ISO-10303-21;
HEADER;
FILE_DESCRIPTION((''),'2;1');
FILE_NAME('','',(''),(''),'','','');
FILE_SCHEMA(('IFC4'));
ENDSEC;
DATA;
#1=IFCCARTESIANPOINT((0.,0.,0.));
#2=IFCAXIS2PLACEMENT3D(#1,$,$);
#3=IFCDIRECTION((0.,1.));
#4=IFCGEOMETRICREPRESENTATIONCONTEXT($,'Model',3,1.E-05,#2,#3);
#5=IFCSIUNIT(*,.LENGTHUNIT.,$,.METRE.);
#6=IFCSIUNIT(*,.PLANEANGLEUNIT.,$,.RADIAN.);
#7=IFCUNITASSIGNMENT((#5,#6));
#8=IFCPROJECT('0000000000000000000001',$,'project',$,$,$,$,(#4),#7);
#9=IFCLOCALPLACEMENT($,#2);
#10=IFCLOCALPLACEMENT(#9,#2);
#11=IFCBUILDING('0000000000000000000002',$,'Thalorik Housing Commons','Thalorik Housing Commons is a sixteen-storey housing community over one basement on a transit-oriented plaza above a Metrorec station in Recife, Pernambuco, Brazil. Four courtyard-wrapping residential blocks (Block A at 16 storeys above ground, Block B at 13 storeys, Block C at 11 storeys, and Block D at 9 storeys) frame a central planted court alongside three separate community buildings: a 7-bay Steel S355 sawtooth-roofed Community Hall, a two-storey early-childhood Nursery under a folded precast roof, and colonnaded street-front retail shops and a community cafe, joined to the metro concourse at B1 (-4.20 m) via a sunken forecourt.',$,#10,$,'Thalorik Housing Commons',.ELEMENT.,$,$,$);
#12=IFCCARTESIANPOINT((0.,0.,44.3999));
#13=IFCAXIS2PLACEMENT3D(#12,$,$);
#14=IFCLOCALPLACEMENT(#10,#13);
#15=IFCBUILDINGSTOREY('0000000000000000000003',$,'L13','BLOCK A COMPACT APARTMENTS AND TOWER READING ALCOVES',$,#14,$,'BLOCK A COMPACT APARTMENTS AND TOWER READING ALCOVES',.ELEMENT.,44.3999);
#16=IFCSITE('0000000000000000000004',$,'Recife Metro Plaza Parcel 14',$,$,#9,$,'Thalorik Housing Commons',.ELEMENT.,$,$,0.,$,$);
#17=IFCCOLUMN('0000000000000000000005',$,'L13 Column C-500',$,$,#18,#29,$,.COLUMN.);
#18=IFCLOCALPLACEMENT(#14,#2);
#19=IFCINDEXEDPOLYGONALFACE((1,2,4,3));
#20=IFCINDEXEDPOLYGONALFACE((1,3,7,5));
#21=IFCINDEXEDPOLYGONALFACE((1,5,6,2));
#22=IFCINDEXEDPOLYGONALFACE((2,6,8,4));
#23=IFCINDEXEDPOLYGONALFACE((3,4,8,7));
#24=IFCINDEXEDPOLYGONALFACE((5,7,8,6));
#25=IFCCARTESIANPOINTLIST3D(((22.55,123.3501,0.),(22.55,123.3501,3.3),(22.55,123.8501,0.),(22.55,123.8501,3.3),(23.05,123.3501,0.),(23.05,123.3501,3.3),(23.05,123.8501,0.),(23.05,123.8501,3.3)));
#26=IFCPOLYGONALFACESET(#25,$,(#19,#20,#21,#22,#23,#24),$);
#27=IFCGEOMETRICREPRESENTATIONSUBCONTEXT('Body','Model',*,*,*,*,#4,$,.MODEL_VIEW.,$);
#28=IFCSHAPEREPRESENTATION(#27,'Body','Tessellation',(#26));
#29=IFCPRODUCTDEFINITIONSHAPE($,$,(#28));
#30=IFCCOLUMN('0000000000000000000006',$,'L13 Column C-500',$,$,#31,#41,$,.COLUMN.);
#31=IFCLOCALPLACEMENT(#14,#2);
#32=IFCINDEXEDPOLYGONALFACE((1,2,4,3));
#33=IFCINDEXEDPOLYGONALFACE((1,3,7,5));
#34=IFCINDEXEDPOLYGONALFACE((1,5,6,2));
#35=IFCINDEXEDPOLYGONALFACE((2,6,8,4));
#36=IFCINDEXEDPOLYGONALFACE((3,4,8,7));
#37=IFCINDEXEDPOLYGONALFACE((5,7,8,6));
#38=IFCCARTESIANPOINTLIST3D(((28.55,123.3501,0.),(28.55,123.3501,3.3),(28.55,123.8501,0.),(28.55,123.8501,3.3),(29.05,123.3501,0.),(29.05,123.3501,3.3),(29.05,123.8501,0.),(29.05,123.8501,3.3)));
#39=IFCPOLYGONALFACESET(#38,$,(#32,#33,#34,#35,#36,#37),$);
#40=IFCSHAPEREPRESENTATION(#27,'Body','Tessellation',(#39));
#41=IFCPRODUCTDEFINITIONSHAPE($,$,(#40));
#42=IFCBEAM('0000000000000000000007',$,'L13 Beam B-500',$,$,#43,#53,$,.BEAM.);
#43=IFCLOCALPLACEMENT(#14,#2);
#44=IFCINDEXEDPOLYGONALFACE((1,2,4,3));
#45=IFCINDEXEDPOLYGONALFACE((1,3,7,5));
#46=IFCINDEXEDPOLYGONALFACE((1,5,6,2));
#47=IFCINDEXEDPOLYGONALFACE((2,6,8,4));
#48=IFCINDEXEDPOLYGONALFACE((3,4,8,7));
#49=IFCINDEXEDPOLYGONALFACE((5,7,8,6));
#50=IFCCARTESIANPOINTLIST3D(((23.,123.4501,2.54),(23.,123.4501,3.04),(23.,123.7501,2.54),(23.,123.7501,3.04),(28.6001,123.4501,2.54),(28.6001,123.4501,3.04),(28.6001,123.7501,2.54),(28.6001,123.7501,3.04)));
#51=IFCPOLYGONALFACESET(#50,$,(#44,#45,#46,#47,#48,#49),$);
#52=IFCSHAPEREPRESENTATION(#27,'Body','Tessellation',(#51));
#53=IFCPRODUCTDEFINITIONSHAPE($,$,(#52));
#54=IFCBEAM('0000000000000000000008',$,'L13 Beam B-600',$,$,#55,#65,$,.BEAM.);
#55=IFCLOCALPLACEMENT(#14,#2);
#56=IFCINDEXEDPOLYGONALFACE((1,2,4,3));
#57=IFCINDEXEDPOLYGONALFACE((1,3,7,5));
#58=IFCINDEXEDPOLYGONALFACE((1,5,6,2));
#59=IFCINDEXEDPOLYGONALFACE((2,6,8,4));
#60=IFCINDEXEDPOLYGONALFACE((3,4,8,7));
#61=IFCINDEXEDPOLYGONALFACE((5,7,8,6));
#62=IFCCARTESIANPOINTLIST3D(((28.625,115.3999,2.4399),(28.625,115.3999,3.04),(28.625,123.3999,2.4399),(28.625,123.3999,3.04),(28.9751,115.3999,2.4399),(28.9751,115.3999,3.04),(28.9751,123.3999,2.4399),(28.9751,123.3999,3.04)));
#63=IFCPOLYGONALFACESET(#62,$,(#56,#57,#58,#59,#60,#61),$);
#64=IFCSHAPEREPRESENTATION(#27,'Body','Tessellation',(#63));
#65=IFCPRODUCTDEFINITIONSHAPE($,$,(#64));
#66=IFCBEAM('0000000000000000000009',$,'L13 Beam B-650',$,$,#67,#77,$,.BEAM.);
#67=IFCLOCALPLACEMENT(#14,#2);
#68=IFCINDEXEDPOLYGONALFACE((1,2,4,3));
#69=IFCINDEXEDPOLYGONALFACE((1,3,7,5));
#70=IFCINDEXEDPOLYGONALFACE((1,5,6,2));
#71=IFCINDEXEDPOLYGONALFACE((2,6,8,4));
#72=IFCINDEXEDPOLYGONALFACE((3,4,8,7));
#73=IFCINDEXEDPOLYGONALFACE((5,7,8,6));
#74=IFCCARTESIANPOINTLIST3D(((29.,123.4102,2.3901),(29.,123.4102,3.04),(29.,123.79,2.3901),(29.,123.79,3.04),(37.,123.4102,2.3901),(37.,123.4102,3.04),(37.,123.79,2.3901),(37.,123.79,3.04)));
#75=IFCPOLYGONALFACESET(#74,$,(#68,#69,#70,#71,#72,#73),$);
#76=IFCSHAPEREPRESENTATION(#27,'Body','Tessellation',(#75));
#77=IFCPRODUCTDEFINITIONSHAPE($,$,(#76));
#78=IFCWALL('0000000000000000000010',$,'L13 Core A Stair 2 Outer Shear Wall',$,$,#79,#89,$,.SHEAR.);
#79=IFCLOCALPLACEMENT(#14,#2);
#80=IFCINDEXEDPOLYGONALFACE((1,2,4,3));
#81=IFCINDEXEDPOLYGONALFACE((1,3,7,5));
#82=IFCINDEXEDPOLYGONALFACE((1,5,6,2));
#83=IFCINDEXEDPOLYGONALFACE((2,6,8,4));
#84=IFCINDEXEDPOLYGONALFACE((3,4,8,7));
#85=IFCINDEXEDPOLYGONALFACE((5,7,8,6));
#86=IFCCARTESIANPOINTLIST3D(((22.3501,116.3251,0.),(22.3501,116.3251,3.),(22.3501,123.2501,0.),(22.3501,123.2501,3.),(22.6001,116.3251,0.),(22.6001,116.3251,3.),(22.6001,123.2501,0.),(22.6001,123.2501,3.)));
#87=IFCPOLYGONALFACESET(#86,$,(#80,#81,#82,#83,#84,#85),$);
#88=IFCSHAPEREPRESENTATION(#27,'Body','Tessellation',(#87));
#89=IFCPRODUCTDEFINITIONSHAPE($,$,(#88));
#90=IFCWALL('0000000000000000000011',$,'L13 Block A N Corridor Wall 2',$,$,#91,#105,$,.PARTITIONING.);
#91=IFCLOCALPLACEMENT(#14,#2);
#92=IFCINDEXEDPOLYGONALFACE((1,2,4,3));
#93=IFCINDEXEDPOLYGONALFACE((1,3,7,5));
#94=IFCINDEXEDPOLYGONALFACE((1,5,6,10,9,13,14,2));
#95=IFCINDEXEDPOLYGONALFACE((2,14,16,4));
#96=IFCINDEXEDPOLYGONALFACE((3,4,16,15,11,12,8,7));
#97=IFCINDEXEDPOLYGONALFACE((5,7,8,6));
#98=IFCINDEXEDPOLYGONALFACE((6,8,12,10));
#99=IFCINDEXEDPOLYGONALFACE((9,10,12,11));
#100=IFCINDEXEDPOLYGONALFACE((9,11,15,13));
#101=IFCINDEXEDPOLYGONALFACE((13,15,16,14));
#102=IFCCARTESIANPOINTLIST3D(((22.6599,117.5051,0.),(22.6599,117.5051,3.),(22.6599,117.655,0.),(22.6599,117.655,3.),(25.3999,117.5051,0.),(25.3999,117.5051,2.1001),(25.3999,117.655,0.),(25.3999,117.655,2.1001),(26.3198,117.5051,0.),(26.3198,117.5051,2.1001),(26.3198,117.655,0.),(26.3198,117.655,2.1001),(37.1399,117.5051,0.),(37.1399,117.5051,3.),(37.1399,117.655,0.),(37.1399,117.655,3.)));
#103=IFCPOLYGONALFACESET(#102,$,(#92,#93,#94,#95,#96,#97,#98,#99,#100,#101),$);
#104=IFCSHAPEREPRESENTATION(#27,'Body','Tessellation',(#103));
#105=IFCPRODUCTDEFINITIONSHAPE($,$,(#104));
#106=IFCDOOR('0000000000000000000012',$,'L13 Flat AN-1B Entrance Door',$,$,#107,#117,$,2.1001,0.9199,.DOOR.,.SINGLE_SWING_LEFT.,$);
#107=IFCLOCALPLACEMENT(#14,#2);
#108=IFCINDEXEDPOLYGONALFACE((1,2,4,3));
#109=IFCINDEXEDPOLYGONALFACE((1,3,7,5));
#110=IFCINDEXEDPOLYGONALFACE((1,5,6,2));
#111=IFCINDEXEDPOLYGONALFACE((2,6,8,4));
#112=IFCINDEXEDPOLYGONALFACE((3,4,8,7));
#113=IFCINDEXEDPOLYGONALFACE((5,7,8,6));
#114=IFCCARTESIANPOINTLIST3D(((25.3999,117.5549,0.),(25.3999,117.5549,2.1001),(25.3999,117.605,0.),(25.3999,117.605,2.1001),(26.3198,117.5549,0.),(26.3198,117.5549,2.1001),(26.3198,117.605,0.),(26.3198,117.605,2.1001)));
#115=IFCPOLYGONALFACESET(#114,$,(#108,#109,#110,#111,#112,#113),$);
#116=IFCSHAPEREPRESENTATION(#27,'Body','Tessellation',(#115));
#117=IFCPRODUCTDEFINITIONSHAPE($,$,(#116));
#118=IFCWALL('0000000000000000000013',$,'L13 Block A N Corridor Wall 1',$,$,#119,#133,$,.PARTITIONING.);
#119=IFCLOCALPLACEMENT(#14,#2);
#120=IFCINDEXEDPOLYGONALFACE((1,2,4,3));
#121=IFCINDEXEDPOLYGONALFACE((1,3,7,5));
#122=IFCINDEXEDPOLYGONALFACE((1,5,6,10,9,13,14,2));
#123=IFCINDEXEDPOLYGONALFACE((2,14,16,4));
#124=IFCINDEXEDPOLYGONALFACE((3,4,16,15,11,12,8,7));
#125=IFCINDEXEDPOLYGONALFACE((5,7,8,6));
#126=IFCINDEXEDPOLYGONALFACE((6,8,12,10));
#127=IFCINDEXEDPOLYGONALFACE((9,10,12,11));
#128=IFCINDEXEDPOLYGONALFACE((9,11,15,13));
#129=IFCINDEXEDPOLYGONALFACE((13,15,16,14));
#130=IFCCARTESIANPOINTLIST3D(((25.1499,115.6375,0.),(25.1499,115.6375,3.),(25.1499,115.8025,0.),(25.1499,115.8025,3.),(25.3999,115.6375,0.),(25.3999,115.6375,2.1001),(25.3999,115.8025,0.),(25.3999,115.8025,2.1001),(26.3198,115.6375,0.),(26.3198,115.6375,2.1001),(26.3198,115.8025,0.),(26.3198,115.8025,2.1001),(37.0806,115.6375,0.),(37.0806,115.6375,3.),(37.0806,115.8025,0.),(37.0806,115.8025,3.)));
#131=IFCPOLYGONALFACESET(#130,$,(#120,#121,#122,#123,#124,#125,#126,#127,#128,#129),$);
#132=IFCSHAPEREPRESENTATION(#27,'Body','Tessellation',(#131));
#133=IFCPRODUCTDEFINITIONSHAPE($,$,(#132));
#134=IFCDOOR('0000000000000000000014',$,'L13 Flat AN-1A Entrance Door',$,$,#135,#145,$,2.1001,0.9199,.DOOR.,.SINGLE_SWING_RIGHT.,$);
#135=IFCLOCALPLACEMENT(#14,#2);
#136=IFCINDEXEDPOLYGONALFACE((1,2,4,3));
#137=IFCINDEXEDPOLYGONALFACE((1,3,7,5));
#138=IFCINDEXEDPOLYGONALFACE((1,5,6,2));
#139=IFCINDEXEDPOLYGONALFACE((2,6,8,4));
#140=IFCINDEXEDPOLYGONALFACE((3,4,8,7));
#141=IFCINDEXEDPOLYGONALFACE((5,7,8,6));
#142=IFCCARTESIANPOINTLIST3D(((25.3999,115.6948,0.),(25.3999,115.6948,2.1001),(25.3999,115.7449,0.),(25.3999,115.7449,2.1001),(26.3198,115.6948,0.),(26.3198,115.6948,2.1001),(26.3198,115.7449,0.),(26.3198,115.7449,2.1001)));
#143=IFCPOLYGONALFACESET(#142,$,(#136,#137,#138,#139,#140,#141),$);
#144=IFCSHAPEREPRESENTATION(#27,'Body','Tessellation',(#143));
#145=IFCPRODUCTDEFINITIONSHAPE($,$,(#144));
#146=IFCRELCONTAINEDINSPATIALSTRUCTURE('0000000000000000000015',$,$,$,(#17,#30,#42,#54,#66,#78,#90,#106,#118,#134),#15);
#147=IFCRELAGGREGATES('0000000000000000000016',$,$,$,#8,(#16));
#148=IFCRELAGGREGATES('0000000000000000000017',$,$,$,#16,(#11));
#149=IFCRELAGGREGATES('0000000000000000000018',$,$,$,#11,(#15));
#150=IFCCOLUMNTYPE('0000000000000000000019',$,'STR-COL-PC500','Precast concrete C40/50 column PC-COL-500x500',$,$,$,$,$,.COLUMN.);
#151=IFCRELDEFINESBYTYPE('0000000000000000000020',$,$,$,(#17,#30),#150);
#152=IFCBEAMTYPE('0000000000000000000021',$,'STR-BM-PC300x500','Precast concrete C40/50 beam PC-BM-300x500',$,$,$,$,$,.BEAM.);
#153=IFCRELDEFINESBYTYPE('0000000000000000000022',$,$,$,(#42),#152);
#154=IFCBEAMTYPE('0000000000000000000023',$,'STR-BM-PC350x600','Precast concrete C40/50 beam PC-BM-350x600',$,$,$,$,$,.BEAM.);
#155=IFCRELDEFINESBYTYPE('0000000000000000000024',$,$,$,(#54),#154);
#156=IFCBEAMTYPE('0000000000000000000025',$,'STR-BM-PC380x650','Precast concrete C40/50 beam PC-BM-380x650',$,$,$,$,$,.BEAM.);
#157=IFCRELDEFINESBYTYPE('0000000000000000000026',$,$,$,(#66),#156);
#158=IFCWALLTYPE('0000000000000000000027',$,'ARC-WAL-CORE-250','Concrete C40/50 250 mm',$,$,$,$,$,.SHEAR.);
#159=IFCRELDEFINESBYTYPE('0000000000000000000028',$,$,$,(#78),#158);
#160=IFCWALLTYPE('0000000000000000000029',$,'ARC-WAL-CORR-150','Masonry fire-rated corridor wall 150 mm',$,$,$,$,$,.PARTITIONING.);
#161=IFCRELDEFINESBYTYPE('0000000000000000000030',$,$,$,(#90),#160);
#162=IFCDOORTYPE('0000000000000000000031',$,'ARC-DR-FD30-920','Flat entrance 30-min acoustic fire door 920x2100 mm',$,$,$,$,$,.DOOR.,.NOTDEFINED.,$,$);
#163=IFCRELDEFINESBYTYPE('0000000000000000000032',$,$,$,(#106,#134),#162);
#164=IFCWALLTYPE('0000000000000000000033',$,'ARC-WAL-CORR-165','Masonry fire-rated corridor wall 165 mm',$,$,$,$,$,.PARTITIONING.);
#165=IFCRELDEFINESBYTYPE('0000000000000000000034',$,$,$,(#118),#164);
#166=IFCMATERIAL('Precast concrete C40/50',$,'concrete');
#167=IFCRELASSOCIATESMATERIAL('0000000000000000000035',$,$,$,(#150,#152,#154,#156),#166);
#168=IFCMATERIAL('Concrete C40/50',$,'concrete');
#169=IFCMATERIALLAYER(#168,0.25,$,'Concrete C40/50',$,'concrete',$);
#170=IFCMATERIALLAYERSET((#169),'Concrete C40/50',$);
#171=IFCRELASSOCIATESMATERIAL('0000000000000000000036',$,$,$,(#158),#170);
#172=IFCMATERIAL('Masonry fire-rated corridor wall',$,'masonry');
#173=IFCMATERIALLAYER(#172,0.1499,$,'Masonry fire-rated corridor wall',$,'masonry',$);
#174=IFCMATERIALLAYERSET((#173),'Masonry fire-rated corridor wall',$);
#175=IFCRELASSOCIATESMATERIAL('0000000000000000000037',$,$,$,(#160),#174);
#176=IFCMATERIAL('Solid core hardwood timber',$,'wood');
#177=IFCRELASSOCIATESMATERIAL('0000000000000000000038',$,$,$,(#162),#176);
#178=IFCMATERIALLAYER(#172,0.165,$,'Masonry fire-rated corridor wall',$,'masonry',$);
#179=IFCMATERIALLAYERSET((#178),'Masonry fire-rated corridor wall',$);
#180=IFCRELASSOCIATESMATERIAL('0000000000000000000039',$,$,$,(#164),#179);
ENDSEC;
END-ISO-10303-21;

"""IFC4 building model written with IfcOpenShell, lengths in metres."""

from ifc_helpers import new_model, si_unit, direction, frame, frame_2d, origin, origin_2d, place, context, subcontext, project, spatial, rectangle, extrude, material, layer, layer_set, material_profile, profile_set, type_object, element, fill, save


model = new_model("IFC4")

# Units and contexts
model_context = context("Model", 3, precision=1e-05, world=origin(), true_north=direction((0.0, 1.0)))
body_context = subcontext(model_context, "Body", "Model", "MODEL_VIEW")
ifc_project = project(units=[si_unit("LENGTHUNIT", "METRE"), si_unit("PLANEANGLEUNIT", "RADIAN")], contexts=[model_context])

# Site, building, storey
site_placement = place(None, origin())
site = spatial("IfcSite", under=ifc_project, at=site_placement, Name="Recife Metro Plaza Parcel 14", LongName="Thalorik Housing Commons", CompositionType="ELEMENT", RefElevation=0.0)
building_placement = place(site_placement, origin())
building = spatial("IfcBuilding", under=site, at=building_placement, Name="Thalorik Housing Commons", Description="Thalorik Housing Commons is a sixteen-storey housing community over one basement on a transit-oriented plaza above a Metrorec station in Recife, Pernambuco, Brazil. Four courtyard-wrapping residential blocks (Block A at 16 storeys above ground, Block B at 13 storeys, Block C at 11 storeys, and Block D at 9 storeys) frame a central planted court alongside three separate community buildings: a 7-bay Steel S355 sawtooth-roofed Community Hall, a two-storey early-childhood Nursery under a folded precast roof, and colonnaded street-front retail shops and a community cafe, joined to the metro concourse at B1 (-4.20 m) via a sunken forecourt.", LongName="Thalorik Housing Commons", CompositionType="ELEMENT")
storey_placement = place(building_placement, frame((0.0, 0.0, 44.3999)))
storey = spatial("IfcBuildingStorey", under=building, at=storey_placement, Name="L13", Description="BLOCK A COMPACT APARTMENTS AND TOWER READING ALCOVES", LongName="BLOCK A COMPACT APARTMENTS AND TOWER READING ALCOVES", CompositionType="ELEMENT", Elevation=44.3999)

# Columns
ifc_material_1 = material(Name="Precast concrete C40/50", Category="concrete")
ifc_material_profile_1 = material_profile(ifc_material_1, rectangle(XDim=0.5, YDim=0.5, at=origin_2d()), Name="PC 500x500", Category="concrete")
ifc_profile_set_1 = profile_set([ifc_material_profile_1], Name="Precast concrete C40/50")
column_type = type_object("IfcColumnType", Name="STR-COL-PC500", Description="Precast concrete C40/50 column PC-COL-500x500", PredefinedType="COLUMN", material=ifc_profile_set_1)
for number, where, z_axis, x_axis, name in (
    (1, (22.8, 123.6001, 0.0), (0.0, 0.0, 1.0), (1.0, 0.0, 0.0), "L13 Column C-500"),
    (2, (28.8, 123.6001, 0.0), (0.0, 0.0, 1.0), (1.0, 0.0, 0.0), "L13 Column C-500"),
):
    element("IfcColumn", number, at=place(storey_placement, frame(where, z_axis=z_axis, x_axis=x_axis)), inside=storey, type_object=column_type, Name=name, PredefinedType="COLUMN", context=body_context, shape_type="SweptSolid", body=[
        extrude(rectangle(XDim=0.5, YDim=0.5, at=origin_2d()), origin(), (0.0, 0.0, 1.0), 3.3),
    ])

# Beams
ifc_material_profile_2 = material_profile(ifc_material_1, rectangle(XDim=0.3, YDim=0.5, at=origin_2d()), Name="PC 300x500", Category="concrete")
ifc_profile_set_2 = profile_set([ifc_material_profile_2], Name="Precast concrete C40/50")
beam_type_1 = type_object("IfcBeamType", Name="STR-BM-PC300x500", Description="Precast concrete C40/50 beam PC-BM-300x500", PredefinedType="BEAM", material=ifc_profile_set_2)
beam_1_placement = place(storey_placement, frame((23.0, 123.6001, 2.79), z_axis=(1.0, 0.0, 0.0), x_axis=(0.0, 1.0, 0.0)))
element("IfcBeam", 3, at=beam_1_placement, inside=storey, type_object=beam_type_1, Name="L13 Beam B-500", PredefinedType="BEAM", context=body_context, shape_type="SweptSolid", body=[
    extrude(rectangle(XDim=0.3, YDim=0.5, at=origin_2d()), origin(), (0.0, 0.0, 1.0), 5.6001),
])
ifc_material_profile_3 = material_profile(ifc_material_1, rectangle(XDim=0.3501, YDim=0.6001, at=origin_2d()), Name="PC 350x600", Category="concrete")
ifc_profile_set_3 = profile_set([ifc_material_profile_3], Name="Precast concrete C40/50")
beam_type_2 = type_object("IfcBeamType", Name="STR-BM-PC350x600", Description="Precast concrete C40/50 beam PC-BM-350x600", PredefinedType="BEAM", material=ifc_profile_set_3)
beam_2_placement = place(storey_placement, frame((28.8, 115.3999, 2.74), z_axis=(0.0, 1.0, 0.0), x_axis=(-1.0, 0.0, 0.0)))
element("IfcBeam", 4, at=beam_2_placement, inside=storey, type_object=beam_type_2, Name="L13 Beam B-600", PredefinedType="BEAM", context=body_context, shape_type="SweptSolid", body=[
    extrude(rectangle(XDim=0.3501, YDim=0.6001, at=origin_2d()), origin(), (0.0, 0.0, 1.0), 8.0),
])
ifc_material_profile_4 = material_profile(ifc_material_1, rectangle(XDim=0.3799, YDim=0.6499, at=origin_2d()), Name="PC 380x650", Category="concrete")
ifc_profile_set_4 = profile_set([ifc_material_profile_4], Name="Precast concrete C40/50")
beam_type_3 = type_object("IfcBeamType", Name="STR-BM-PC380x650", Description="Precast concrete C40/50 beam PC-BM-380x650", PredefinedType="BEAM", material=ifc_profile_set_4)
beam_3_placement = place(storey_placement, frame((29.0, 123.6001, 2.7151), z_axis=(1.0, 0.0, 0.0), x_axis=(0.0, 1.0, 0.0)))
element("IfcBeam", 5, at=beam_3_placement, inside=storey, type_object=beam_type_3, Name="L13 Beam B-650", PredefinedType="BEAM", context=body_context, shape_type="SweptSolid", body=[
    extrude(rectangle(XDim=0.3799, YDim=0.6499, at=origin_2d()), origin(), (0.0, 0.0, 1.0), 8.0),
])

# Wall
ifc_material_2 = material(Name="Concrete C40/50", Category="concrete")
ifc_layer_1 = layer(ifc_material_2, 0.25, Name="Concrete C40/50", Category="concrete")
ifc_layer_set_1 = layer_set([ifc_layer_1], Name="Concrete C40/50")
wall_type_1 = type_object("IfcWallType", Name="ARC-WAL-CORE-250", Description="Concrete C40/50 250 mm", PredefinedType="SHEAR", material=ifc_layer_set_1)
wall_1_placement = place(storey_placement, frame((22.4751, 123.25, 0.0), z_axis=(0.0, 0.0, 1.0), x_axis=(0.0, -1.0, 0.0)))
element("IfcWall", 6, at=wall_1_placement, inside=storey, type_object=wall_type_1, Name="L13 Core A Stair 2 Outer Shear Wall", PredefinedType="SHEAR", context=body_context, shape_type="SweptSolid", body=[
    extrude(rectangle(XDim=6.925, YDim=0.25, at=frame_2d((3.4624, 0.0))), origin(), (0.0, 0.0, 1.0), 3.0),
])

# Walls, openings, doors
ifc_material_3 = material(Name="Masonry fire-rated corridor wall", Category="masonry")
ifc_layer_2 = layer(ifc_material_3, 0.1499, Name="Masonry fire-rated corridor wall", Category="masonry")
ifc_layer_set_2 = layer_set([ifc_layer_2], Name="Masonry fire-rated corridor wall")
wall_type_2 = type_object("IfcWallType", Name="ARC-WAL-CORR-150", Description="Masonry fire-rated corridor wall 150 mm", PredefinedType="PARTITIONING", material=ifc_layer_set_2)
wall_2_placement = place(storey_placement, frame((22.6599, 117.5801, 0.0), z_axis=(0.0, 0.0, 1.0), x_axis=(1.0, 0.0, 0.0)))
wall_2 = element("IfcWall", 7, at=wall_2_placement, inside=storey, type_object=wall_type_2, Name="L13 Block A N Corridor Wall 2", PredefinedType="PARTITIONING", context=body_context, shape_type="SweptSolid", body=[
    extrude(rectangle(XDim=14.48, YDim=0.1499, at=frame_2d((7.24, 0.0))), origin(), (0.0, 0.0, 1.0), 3.0),
])
opening_1_placement = place(wall_2_placement, frame((2.74, 0.0, 0.0)))
opening_1 = element("IfcOpeningElement", 8, at=opening_1_placement, cuts=wall_2, PredefinedType="OPENING", context=body_context, shape_type="SweptSolid", body=[
    extrude(rectangle(XDim=0.9199, YDim=2.1001, at=frame_2d((0.46, 1.05))), frame((0.0, 0.085, 0.0), z_axis=(0.0, -1.0, 0.0), x_axis=(1.0, 0.0, 0.0)), (0.0, 0.0, 1.0), 0.1699),
])
ifc_material_4 = material(Name="Solid core hardwood timber", Category="wood")
door_type_1 = type_object("IfcDoorType", Name="ARC-DR-FD30-920", Description="Flat entrance 30-min acoustic fire door 920x2100 mm", OperationType="NOTDEFINED", PredefinedType="DOOR", material=ifc_material_4)
door_1_placement = place(opening_1_placement, origin())
door_1 = element("IfcDoor", 9, at=door_1_placement, inside=storey, type_object=door_type_1, Name="L13 Flat AN-1B Entrance Door", OperationType="SINGLE_SWING_LEFT", OverallHeight=2.1001, OverallWidth=0.9199, PredefinedType="DOOR", context=body_context, shape_type="SweptSolid", body=[
    extrude(rectangle(XDim=0.9199, YDim=2.1001, at=frame_2d((0.46, 1.05))), frame((0.0, 0.0249, 0.0), z_axis=(0.0, -1.0, 0.0), x_axis=(1.0, 0.0, 0.0)), (0.0, 0.0, 1.0), 0.05),
])
fill(opening_1, door_1)
ifc_layer_3 = layer(ifc_material_3, 0.165, Name="Masonry fire-rated corridor wall", Category="masonry")
ifc_layer_set_3 = layer_set([ifc_layer_3], Name="Masonry fire-rated corridor wall")
wall_type_3 = type_object("IfcWallType", Name="ARC-WAL-CORR-165", Description="Masonry fire-rated corridor wall 165 mm", PredefinedType="PARTITIONING", material=ifc_layer_set_3)
wall_3_placement = place(storey_placement, frame((25.1499, 115.72, 0.0), z_axis=(0.0, 0.0, 1.0), x_axis=(1.0, 0.0, 0.0)))
wall_3 = element("IfcWall", 10, at=wall_3_placement, inside=storey, type_object=wall_type_3, Name="L13 Block A N Corridor Wall 1", PredefinedType="PARTITIONING", context=body_context, shape_type="SweptSolid", body=[
    extrude(rectangle(XDim=11.9307, YDim=0.165, at=frame_2d((5.9653, 0.0))), origin(), (0.0, 0.0, 1.0), 3.0),
])
opening_2_placement = place(wall_3_placement, frame((0.25, 0.0, 0.0)))
opening_2 = element("IfcOpeningElement", 11, at=opening_2_placement, cuts=wall_3, PredefinedType="OPENING", context=body_context, shape_type="SweptSolid", body=[
    extrude(rectangle(XDim=0.9199, YDim=2.1001, at=frame_2d((0.46, 1.05))), frame((0.0, 0.0925, 0.0), z_axis=(0.0, -1.0, 0.0), x_axis=(1.0, 0.0, 0.0)), (0.0, 0.0, 1.0), 0.1851),
])
door_2_placement = place(opening_2_placement, origin())
door_2 = element("IfcDoor", 12, at=door_2_placement, inside=storey, type_object=door_type_1, Name="L13 Flat AN-1A Entrance Door", OperationType="SINGLE_SWING_RIGHT", OverallHeight=2.1001, OverallWidth=0.9199, PredefinedType="DOOR", context=body_context, shape_type="SweptSolid", body=[
    extrude(rectangle(XDim=0.9199, YDim=2.1001, at=frame_2d((0.46, 1.05))), frame((0.0, 0.0249, 0.0), z_axis=(0.0, -1.0, 0.0), x_axis=(1.0, 0.0, 0.0)), (0.0, 0.0, 1.0), 0.05),
])
fill(opening_2, door_2)

save(model, "model.ifc")
